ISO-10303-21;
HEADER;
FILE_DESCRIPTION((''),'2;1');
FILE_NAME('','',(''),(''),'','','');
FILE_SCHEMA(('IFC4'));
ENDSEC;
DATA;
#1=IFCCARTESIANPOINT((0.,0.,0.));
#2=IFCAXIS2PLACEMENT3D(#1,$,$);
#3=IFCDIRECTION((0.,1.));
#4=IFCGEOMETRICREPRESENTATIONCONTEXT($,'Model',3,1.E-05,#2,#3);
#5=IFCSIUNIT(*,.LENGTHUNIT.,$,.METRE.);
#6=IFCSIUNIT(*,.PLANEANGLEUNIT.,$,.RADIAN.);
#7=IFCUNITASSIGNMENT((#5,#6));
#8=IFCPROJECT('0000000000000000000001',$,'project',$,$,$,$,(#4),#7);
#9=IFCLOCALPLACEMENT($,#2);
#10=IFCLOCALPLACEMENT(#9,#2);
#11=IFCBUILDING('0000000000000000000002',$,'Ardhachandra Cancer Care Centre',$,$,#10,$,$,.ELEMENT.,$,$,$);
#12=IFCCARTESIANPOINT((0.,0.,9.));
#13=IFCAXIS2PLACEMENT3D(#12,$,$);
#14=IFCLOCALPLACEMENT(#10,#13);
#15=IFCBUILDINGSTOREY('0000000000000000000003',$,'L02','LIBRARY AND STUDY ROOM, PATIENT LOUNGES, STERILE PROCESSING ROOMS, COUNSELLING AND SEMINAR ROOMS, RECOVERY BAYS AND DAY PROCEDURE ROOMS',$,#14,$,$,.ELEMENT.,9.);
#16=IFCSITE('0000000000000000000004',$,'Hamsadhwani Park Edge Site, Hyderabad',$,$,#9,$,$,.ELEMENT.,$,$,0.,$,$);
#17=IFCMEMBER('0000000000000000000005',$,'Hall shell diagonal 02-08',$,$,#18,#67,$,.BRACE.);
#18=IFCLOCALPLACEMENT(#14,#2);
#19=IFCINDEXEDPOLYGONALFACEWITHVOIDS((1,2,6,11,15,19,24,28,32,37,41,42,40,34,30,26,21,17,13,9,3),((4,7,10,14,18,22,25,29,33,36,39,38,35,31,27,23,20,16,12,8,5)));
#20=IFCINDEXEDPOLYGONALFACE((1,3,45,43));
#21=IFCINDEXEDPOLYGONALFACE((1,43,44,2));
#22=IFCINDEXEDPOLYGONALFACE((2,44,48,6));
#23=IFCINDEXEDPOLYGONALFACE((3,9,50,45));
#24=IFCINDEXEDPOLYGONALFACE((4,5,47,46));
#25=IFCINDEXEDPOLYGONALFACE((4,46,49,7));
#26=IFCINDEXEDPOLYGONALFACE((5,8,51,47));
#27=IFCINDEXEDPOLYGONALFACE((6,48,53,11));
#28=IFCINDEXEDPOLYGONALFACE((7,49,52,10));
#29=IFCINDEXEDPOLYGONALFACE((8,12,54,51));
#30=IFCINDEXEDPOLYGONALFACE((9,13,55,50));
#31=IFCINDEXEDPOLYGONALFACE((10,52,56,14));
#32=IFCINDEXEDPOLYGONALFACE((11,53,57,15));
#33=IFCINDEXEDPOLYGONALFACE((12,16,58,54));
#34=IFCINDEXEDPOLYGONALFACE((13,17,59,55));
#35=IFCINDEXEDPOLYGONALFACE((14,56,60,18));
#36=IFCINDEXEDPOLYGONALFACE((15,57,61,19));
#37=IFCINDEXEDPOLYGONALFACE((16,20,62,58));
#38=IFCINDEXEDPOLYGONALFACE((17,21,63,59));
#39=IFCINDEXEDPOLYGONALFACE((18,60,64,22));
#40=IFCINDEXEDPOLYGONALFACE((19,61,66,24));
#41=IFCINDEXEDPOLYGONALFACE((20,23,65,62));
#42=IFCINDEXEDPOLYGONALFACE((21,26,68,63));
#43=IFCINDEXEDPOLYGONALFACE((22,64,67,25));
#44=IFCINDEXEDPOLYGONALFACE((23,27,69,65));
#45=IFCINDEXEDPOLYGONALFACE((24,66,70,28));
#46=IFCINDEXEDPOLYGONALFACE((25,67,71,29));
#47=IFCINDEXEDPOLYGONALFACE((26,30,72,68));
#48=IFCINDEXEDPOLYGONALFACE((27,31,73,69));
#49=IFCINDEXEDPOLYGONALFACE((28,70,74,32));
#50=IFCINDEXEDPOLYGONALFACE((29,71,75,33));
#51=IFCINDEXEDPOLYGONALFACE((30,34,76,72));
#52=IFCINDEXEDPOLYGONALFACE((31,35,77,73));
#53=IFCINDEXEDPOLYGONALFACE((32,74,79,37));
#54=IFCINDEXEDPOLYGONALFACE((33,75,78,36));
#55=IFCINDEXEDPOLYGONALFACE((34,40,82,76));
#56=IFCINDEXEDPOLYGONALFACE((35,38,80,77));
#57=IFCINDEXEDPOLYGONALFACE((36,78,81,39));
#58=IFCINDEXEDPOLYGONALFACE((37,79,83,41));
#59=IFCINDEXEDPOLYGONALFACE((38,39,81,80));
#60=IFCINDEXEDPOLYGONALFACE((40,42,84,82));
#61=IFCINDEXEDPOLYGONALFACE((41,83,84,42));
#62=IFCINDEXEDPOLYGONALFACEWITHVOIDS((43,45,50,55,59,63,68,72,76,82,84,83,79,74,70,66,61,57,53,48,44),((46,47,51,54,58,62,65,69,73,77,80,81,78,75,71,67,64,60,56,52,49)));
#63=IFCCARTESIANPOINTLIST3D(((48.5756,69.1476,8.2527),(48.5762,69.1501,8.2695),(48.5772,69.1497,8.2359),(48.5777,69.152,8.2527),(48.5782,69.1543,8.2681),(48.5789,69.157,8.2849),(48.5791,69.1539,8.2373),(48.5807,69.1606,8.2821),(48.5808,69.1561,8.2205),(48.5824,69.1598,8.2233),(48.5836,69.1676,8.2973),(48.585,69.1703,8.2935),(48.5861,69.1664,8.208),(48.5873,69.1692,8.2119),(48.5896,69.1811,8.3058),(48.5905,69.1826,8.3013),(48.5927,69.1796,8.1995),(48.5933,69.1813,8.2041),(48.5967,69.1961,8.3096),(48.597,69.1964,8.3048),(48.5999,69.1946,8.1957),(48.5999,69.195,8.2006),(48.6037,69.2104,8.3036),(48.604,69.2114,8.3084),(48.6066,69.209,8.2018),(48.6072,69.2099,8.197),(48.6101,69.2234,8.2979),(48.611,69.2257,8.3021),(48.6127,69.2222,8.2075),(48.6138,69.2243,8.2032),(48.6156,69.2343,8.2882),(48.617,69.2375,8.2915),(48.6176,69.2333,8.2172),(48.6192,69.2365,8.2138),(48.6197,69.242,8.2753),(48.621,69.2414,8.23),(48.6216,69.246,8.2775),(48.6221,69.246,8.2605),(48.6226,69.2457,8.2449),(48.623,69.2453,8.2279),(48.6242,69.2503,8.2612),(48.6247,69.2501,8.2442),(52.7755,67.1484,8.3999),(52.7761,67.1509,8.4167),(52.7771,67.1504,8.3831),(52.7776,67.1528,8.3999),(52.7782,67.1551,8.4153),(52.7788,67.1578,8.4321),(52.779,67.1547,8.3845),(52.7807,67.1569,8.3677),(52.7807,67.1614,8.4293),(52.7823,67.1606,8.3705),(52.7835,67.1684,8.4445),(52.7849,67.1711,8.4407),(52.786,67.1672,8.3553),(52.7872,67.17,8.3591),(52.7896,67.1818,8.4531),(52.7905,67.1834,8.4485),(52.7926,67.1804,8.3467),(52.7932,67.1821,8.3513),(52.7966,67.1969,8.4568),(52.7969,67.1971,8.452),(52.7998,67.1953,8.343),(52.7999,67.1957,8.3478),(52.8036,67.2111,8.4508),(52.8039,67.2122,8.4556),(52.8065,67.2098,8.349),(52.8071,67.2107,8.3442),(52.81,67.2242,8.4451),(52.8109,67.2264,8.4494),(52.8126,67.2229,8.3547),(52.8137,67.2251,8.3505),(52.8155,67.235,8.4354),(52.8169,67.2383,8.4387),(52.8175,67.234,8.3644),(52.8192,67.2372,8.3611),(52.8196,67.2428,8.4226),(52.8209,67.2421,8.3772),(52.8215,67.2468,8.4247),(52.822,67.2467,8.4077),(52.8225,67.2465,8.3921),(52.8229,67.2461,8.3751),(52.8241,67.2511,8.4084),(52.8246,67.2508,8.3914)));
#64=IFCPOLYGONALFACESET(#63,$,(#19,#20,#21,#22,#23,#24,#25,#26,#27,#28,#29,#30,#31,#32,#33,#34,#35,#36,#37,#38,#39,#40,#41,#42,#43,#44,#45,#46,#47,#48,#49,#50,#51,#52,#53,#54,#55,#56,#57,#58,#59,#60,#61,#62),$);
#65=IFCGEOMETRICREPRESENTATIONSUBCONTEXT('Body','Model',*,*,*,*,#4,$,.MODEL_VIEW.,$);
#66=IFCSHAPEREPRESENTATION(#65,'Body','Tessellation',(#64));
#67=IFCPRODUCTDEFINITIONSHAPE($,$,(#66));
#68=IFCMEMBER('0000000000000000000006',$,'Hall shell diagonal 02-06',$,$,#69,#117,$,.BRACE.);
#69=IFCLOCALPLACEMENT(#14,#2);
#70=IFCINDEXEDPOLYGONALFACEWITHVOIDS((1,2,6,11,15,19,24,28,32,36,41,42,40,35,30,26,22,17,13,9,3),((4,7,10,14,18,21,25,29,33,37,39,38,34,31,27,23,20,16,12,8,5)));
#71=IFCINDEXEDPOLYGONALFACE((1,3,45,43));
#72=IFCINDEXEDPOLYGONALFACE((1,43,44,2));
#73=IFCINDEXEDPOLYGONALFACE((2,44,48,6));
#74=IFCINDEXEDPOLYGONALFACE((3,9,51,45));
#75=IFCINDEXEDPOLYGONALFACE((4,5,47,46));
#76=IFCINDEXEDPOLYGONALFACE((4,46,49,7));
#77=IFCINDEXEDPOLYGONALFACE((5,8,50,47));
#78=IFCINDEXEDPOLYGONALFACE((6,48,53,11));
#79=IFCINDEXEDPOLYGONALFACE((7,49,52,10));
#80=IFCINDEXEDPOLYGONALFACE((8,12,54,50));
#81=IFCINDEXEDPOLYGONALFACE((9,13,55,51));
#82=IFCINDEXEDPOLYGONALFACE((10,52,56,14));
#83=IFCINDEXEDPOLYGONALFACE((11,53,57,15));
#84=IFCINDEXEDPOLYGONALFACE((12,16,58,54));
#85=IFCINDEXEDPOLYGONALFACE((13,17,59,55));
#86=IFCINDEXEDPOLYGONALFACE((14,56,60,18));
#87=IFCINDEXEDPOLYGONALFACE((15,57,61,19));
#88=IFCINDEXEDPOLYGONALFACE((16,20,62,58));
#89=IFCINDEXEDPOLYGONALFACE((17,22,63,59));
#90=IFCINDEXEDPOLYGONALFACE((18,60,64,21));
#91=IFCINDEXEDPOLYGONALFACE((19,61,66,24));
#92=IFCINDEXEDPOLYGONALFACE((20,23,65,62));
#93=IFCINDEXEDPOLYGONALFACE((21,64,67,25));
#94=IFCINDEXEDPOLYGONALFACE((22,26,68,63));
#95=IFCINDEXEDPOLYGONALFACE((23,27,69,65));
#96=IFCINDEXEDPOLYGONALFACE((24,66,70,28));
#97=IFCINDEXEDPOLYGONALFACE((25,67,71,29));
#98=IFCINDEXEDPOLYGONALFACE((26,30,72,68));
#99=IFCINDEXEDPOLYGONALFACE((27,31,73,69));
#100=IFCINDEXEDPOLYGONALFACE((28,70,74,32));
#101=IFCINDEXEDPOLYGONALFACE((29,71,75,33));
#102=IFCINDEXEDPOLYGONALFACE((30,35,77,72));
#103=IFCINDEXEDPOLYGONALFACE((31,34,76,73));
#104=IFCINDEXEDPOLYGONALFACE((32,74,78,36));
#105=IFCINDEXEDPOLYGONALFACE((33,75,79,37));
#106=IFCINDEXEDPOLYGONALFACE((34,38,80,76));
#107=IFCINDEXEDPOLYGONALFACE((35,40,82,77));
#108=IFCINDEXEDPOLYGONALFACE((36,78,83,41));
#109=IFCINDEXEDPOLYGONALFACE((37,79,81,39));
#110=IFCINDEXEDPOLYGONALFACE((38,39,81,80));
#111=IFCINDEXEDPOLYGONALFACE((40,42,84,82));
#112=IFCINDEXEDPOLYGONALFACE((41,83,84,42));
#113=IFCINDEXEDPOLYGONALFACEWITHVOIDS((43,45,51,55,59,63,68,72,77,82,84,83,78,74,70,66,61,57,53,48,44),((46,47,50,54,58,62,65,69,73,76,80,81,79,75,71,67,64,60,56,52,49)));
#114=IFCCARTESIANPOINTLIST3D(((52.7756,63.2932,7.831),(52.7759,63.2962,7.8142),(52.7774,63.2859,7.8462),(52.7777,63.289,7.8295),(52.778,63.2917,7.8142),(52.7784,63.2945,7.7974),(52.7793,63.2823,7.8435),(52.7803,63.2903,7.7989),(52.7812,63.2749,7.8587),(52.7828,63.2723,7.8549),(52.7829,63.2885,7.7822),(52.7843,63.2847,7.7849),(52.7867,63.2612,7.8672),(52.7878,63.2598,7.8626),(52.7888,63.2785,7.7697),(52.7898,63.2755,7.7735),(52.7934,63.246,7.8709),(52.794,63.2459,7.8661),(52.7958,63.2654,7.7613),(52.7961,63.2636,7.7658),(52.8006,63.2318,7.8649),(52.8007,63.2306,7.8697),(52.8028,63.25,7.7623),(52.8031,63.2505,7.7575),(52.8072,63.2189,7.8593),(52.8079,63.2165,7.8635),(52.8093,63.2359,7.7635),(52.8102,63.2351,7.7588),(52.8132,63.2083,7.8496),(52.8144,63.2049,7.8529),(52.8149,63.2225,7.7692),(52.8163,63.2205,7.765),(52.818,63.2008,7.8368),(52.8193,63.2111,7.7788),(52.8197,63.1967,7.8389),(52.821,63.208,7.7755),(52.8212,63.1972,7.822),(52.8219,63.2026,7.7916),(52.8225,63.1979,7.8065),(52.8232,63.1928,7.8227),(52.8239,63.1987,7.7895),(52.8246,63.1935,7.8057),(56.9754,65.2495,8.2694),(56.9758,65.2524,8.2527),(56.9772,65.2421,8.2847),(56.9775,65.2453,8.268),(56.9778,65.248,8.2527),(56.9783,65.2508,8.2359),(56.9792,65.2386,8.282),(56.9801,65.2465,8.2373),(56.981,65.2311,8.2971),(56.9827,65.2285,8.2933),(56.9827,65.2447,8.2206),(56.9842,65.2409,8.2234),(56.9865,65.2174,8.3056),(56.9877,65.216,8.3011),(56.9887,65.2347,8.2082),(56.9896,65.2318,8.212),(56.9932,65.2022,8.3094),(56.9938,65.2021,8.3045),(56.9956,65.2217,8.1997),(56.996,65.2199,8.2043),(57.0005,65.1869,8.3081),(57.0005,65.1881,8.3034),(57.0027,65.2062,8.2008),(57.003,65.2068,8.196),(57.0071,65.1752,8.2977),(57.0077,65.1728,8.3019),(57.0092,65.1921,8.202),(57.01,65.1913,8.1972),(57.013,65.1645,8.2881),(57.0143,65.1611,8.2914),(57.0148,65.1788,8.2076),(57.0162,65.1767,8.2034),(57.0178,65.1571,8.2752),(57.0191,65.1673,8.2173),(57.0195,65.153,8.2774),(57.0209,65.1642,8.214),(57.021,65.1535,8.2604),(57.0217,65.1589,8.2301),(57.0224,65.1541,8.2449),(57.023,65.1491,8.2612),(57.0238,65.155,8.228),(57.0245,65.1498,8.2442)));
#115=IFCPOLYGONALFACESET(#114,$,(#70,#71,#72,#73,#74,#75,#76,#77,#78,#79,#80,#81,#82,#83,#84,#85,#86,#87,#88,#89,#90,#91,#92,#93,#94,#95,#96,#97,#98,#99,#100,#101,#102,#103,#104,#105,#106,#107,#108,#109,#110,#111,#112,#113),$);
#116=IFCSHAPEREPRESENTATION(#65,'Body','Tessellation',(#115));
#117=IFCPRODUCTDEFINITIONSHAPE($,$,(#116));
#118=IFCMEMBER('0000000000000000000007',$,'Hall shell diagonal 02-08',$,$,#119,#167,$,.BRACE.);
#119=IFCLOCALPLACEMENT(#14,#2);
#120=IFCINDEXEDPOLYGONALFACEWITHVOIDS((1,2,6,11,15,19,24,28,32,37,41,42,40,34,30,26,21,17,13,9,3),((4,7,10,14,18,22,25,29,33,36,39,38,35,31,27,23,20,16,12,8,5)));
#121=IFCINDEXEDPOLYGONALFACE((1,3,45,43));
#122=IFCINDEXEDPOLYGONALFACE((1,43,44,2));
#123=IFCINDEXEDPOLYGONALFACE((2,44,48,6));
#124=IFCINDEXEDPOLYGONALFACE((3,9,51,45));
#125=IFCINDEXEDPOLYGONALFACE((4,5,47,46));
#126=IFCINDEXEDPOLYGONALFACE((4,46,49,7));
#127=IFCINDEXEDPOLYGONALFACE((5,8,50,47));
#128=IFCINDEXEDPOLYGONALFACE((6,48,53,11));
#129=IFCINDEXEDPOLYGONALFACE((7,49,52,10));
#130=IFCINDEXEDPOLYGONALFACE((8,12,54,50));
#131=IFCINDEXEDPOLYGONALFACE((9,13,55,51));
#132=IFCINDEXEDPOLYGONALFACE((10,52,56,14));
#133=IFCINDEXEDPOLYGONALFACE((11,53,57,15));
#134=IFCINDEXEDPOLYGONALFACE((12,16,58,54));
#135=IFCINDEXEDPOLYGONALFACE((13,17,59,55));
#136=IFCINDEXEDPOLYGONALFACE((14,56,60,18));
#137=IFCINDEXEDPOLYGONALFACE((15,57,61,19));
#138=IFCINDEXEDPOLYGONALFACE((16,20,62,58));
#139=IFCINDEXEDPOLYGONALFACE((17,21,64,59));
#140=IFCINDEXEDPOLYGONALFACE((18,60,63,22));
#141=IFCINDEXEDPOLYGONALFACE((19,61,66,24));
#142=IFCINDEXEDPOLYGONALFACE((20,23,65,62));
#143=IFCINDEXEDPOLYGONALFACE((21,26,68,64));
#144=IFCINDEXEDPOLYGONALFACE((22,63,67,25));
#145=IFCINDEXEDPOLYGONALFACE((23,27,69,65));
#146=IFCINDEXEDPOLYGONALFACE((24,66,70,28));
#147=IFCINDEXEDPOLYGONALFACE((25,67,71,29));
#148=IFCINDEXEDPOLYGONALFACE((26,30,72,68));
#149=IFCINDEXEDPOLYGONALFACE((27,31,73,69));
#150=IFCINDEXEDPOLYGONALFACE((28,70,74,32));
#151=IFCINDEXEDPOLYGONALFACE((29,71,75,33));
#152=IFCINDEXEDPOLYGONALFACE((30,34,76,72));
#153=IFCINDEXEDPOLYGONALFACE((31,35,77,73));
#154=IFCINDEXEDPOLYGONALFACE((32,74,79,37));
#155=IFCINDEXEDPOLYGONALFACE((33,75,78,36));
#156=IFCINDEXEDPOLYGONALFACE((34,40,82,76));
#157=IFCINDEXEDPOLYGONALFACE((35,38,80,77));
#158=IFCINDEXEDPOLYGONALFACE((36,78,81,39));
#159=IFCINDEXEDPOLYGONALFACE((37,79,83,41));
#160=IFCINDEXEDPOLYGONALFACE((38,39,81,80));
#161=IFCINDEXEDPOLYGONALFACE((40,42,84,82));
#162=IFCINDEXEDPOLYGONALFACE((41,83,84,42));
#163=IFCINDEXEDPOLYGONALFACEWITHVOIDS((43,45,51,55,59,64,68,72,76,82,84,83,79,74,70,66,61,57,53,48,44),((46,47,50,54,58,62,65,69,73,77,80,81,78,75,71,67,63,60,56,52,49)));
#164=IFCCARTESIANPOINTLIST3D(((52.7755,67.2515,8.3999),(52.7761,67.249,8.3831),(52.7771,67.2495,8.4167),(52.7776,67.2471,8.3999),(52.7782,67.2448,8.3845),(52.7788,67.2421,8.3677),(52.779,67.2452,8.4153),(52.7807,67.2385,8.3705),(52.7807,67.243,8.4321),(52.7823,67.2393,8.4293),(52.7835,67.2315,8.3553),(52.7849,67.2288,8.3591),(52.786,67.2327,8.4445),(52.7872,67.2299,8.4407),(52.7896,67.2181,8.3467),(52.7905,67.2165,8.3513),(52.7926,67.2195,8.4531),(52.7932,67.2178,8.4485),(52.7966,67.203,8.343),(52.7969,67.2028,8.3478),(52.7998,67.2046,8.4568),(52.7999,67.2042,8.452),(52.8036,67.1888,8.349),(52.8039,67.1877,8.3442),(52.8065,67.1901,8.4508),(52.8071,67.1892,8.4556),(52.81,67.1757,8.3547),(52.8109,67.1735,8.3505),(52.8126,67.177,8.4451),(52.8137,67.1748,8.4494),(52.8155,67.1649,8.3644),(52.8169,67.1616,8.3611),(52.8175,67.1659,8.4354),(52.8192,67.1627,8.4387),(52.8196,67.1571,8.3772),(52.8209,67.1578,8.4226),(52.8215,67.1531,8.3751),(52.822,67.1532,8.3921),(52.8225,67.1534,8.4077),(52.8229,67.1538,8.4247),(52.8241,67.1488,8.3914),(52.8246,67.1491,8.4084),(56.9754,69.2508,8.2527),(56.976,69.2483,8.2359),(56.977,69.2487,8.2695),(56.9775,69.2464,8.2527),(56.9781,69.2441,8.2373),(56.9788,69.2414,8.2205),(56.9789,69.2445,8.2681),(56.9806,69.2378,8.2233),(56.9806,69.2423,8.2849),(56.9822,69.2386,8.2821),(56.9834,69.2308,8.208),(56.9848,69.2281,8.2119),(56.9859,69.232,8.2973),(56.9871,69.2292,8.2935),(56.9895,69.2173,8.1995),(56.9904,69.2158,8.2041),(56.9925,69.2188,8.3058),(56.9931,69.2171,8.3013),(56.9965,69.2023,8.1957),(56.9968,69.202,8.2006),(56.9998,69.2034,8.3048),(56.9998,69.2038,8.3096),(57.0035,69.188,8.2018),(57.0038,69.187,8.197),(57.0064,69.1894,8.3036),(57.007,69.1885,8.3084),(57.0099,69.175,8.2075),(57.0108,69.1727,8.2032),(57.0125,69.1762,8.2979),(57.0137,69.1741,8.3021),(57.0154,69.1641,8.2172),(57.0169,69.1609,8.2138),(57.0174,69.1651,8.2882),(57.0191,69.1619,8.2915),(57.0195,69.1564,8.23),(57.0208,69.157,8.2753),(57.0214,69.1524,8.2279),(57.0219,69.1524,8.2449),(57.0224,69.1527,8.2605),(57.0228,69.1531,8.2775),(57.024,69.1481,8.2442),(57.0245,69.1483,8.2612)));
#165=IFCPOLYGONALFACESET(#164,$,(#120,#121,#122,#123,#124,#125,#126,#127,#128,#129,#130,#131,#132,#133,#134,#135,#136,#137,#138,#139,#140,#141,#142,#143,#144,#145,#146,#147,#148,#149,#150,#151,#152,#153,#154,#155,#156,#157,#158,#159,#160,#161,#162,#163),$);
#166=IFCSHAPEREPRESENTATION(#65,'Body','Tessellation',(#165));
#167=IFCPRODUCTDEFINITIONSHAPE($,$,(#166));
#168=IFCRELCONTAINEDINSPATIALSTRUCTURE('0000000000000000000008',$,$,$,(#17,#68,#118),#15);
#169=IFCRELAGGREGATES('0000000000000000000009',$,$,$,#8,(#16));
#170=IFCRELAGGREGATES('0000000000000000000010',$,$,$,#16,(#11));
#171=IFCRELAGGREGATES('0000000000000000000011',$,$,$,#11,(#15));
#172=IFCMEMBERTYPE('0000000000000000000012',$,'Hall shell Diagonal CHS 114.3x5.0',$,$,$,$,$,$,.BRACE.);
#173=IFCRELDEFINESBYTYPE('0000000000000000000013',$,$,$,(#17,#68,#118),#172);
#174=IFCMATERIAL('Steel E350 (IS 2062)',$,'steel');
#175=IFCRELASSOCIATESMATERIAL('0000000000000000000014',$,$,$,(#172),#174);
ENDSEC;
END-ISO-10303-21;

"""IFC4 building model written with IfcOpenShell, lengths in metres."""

from ifc_helpers import new_model, si_unit, direction, frame, origin, origin_2d, place, context, subcontext, project, spatial, hollow_circle, extrude, material, material_profile, profile_set, type_object, element, save


model = new_model("IFC4")

# Units and contexts
model_context = context("Model", 3, precision=1e-05, world=origin(), true_north=direction((0.0, 1.0)))
body_context = subcontext(model_context, "Body", "Model", "MODEL_VIEW")
ifc_project = project(units=[si_unit("LENGTHUNIT", "METRE"), si_unit("PLANEANGLEUNIT", "RADIAN")], contexts=[model_context])

# Site, building, storey
site_placement = place(None, origin())
site = spatial("IfcSite", under=ifc_project, at=site_placement, Name="Hamsadhwani Park Edge Site, Hyderabad", CompositionType="ELEMENT", RefElevation=0.0)
building_placement = place(site_placement, origin())
building = spatial("IfcBuilding", under=site, at=building_placement, Name="Ardhachandra Cancer Care Centre", CompositionType="ELEMENT")
storey_placement = place(building_placement, frame((0.0, 0.0, 9.0)))
storey = spatial("IfcBuildingStorey", under=building, at=storey_placement, Name="L02", Description="LIBRARY AND STUDY ROOM, PATIENT LOUNGES, STERILE PROCESSING ROOMS, COUNSELLING AND SEMINAR ROOMS, RECOVERY BAYS AND DAY PROCEDURE ROOMS", CompositionType="ELEMENT", Elevation=9.0)

# Members
ifc_material_1 = material(Name="Steel E350 (IS 2062)", Category="steel")
ifc_material_profile_1 = material_profile(ifc_material_1, hollow_circle(Radius=0.0571, WallThickness=0.0049, at=origin_2d()), Name="CHS 114.3x5.0")
ifc_profile_set_1 = profile_set([ifc_material_profile_1], Name="Steel E350 (IS 2062)")
member_type_1 = type_object("IfcMemberType", Name="Hall shell Diagonal CHS 114.3x5.0", PredefinedType="BRACE", material=ifc_profile_set_1)
for number, where, z_axis, x_axis, name in (
    (1, (52.8, 67.2, 8.3999), (-0.902468, 0.429594, -0.031633), (-0.429809, -0.90292, 0.0), "Hall shell diagonal 02-08"),
    (2, (52.8, 63.2444, 7.8142), (0.902455, 0.420355, 0.094217), (-0.422233, 0.906487, 0.0), "Hall shell diagonal 02-06"),
    (3, (52.8, 67.2, 8.3999), (0.902468, 0.429594, -0.031633), (-0.429809, 0.90292, 0.0), "Hall shell diagonal 02-08"),
):
    element("IfcMember", number, at=place(storey_placement, frame(where, z_axis=z_axis, x_axis=x_axis)), inside=storey, type_object=member_type_1, Name=name, PredefinedType="BRACE", context=body_context, shape_type="SweptSolid", body=[
        extrude(hollow_circle(Radius=0.0571, WallThickness=0.0049, at=origin_2d()), origin(), (0.0, 0.0, 1.0), 4.6538),
    ])

save(model, "model.ifc")
